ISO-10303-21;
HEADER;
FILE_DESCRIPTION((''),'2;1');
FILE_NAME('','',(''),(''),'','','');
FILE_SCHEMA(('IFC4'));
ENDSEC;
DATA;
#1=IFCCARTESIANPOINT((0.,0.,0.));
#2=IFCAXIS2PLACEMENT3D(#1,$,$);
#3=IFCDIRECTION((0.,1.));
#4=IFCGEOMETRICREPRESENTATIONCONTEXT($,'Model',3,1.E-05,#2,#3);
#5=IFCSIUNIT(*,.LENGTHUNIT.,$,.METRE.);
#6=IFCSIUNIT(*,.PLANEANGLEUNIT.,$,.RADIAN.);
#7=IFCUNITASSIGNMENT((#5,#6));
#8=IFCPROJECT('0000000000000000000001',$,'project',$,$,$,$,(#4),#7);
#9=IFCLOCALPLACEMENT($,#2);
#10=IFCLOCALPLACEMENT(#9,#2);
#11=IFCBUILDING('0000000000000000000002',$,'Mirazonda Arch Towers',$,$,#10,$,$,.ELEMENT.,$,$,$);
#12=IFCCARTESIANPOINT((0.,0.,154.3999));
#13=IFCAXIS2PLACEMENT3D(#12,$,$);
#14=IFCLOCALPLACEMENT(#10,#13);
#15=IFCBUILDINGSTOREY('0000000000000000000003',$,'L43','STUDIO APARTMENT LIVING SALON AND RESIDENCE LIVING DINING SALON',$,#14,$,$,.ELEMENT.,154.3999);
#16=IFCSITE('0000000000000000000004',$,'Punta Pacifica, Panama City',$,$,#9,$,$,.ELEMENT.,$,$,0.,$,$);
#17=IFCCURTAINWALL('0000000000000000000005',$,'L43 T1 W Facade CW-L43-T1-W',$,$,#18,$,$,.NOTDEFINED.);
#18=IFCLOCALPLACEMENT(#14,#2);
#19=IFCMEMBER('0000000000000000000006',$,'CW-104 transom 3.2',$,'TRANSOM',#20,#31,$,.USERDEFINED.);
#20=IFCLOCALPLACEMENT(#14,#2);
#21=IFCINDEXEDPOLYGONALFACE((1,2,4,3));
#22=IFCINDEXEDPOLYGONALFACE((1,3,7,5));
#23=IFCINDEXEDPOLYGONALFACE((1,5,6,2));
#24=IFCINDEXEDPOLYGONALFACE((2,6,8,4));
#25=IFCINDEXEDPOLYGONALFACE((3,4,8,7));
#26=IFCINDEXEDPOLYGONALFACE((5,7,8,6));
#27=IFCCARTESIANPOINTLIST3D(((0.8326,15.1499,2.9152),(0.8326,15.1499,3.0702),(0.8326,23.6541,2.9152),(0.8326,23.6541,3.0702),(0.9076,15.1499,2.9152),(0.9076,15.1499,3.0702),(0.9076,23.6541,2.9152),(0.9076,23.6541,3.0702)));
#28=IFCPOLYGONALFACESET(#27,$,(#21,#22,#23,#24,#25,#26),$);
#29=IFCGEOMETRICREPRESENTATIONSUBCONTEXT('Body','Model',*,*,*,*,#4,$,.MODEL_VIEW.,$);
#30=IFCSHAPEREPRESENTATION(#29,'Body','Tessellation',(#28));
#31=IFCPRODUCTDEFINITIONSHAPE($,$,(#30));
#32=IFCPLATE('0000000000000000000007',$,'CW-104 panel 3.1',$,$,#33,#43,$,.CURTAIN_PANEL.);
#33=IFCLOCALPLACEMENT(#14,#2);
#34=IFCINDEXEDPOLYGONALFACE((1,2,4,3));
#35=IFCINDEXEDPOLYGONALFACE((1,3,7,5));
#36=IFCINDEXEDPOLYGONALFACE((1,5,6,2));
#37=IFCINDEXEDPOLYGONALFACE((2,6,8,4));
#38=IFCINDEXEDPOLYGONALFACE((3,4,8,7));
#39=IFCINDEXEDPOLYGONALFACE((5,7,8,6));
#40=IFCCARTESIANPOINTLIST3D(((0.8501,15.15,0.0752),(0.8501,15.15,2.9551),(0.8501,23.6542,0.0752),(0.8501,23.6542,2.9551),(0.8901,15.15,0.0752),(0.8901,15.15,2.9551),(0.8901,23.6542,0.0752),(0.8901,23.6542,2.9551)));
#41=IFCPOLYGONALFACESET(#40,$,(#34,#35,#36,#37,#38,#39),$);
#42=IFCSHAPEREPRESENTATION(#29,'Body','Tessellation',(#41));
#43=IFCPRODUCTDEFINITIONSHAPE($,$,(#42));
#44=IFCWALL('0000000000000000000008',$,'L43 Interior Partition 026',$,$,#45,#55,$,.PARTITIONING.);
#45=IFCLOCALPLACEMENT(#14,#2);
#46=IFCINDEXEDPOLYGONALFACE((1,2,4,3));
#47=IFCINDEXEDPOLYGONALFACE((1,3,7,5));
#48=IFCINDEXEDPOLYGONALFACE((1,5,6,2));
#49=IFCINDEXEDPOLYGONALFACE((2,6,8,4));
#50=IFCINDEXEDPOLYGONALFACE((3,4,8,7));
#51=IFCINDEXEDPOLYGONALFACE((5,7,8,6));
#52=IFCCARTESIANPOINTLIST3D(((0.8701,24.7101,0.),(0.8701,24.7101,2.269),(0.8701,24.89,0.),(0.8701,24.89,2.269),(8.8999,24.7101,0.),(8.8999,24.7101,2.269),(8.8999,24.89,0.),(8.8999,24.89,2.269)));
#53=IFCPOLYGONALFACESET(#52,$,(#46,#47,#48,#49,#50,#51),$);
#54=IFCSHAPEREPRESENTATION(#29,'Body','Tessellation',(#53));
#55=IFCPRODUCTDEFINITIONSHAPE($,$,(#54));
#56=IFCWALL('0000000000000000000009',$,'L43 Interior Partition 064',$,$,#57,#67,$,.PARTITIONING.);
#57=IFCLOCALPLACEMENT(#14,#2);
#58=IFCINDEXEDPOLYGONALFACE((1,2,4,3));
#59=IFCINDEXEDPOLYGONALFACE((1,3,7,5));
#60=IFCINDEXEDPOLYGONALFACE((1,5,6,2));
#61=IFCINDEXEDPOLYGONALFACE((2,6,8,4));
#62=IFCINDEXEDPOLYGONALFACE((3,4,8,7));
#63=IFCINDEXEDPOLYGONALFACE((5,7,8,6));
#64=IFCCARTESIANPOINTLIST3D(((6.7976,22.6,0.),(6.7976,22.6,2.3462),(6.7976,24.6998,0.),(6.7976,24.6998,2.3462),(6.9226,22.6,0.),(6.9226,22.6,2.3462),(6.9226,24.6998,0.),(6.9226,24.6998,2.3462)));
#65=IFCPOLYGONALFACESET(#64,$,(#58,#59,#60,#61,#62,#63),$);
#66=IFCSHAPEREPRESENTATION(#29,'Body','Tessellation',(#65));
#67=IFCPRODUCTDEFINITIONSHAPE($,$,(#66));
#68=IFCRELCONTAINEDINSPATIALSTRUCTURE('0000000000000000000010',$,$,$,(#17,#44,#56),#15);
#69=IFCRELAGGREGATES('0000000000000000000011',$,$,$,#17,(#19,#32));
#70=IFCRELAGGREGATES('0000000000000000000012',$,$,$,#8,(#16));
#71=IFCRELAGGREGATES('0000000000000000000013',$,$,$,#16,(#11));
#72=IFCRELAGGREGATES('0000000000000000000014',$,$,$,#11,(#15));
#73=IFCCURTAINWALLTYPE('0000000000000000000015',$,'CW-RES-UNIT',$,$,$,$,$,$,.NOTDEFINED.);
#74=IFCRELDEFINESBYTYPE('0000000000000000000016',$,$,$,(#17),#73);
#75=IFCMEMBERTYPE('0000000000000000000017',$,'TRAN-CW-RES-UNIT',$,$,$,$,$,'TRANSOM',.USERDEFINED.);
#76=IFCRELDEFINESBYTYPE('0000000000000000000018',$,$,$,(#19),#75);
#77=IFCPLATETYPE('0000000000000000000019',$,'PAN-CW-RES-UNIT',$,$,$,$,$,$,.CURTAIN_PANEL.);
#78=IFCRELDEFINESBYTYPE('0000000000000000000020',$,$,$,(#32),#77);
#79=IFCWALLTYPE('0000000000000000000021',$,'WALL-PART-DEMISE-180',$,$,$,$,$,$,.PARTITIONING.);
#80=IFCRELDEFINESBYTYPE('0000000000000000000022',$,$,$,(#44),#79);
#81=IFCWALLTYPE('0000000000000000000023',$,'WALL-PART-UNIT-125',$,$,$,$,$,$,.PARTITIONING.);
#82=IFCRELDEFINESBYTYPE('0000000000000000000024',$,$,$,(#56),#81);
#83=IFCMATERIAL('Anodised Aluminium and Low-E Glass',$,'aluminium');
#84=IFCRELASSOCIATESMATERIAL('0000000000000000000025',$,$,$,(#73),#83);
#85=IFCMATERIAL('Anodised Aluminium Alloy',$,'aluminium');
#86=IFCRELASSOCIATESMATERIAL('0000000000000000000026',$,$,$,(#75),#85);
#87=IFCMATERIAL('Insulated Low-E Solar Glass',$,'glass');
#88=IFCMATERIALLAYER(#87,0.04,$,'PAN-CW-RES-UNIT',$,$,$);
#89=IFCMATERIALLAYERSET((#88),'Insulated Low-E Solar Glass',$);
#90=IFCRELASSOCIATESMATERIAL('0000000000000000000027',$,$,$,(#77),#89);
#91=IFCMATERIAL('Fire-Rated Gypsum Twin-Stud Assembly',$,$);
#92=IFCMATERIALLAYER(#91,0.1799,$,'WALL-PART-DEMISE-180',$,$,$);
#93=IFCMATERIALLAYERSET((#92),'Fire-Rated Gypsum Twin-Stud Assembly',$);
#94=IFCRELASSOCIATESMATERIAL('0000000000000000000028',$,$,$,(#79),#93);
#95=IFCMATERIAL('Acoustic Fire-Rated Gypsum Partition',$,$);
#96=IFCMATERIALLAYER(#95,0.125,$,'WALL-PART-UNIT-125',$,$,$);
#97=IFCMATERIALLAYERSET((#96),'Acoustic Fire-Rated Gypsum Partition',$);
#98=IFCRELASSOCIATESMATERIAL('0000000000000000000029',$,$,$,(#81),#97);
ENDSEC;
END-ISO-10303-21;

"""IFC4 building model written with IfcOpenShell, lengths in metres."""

from ifc_helpers import new_model, si_unit, direction, frame, frame_2d, origin, origin_2d, place, context, subcontext, project, spatial, rectangle, extrude, material, layer, layer_set, material_profile, profile_set, type_object, element, aggregate, save


model = new_model("IFC4")

# Units and contexts
model_context = context("Model", 3, precision=1e-05, world=origin(), true_north=direction((0.0, 1.0)))
body_context = subcontext(model_context, "Body", "Model", "MODEL_VIEW")
ifc_project = project(units=[si_unit("LENGTHUNIT", "METRE"), si_unit("PLANEANGLEUNIT", "RADIAN")], contexts=[model_context])

# Site, building, storey
site_placement = place(None, origin())
site = spatial("IfcSite", under=ifc_project, at=site_placement, Name="Punta Pacifica, Panama City", CompositionType="ELEMENT", RefElevation=0.0)
building_placement = place(site_placement, origin())
building = spatial("IfcBuilding", under=site, at=building_placement, Name="Mirazonda Arch Towers", CompositionType="ELEMENT")
storey_placement = place(building_placement, frame((0.0, 0.0, 154.3999)))
storey = spatial("IfcBuildingStorey", under=building, at=storey_placement, Name="L43", Description="STUDIO APARTMENT LIVING SALON AND RESIDENCE LIVING DINING SALON", CompositionType="ELEMENT", Elevation=154.3999)

# Curtain wall, member, plate
ifc_material_1 = material(Name="Anodised Aluminium and Low-E Glass", Category="aluminium")
curtain_wall_type = type_object("IfcCurtainWallType", Name="CW-RES-UNIT", PredefinedType="NOTDEFINED", material=ifc_material_1)
curtain_wall_placement = place(storey_placement, origin())
curtain_wall = element("IfcCurtainWall", 1, at=curtain_wall_placement, inside=storey, type_object=curtain_wall_type, Name="L43 T1 W Facade CW-L43-T1-W", PredefinedType="NOTDEFINED")
ifc_material_2 = material(Name="Anodised Aluminium Alloy", Category="aluminium")
ifc_material_profile_1 = material_profile(ifc_material_2, rectangle(XDim=0.075, YDim=0.155, at=origin_2d()), Name="ALU-TRAN-75x155")
ifc_profile_set_1 = profile_set([ifc_material_profile_1], Name="Anodised Aluminium Alloy")
member_type_1 = type_object("IfcMemberType", Name="TRAN-CW-RES-UNIT", ElementType="TRANSOM", PredefinedType="USERDEFINED", material=ifc_profile_set_1)
member_1_placement = place(storey_placement, frame((0.8701, 23.6541, 2.9927), z_axis=(0.0, -1.0, 0.0), x_axis=(1.0, 0.0, 0.0)))
member_1 = element("IfcMember", 2, at=member_1_placement, type_object=member_type_1, Name="CW-104 transom 3.2", ObjectType="TRANSOM", PredefinedType="USERDEFINED", context=body_context, shape_type="SweptSolid", body=[
    extrude(rectangle(XDim=0.075, YDim=0.155, at=origin_2d()), origin(), (0.0, 0.0, 1.0), 8.5042),
])
ifc_material_3 = material(Name="Insulated Low-E Solar Glass", Category="glass")
ifc_layer_1 = layer(ifc_material_3, 0.04, Name="PAN-CW-RES-UNIT")
ifc_layer_set_1 = layer_set([ifc_layer_1], Name="Insulated Low-E Solar Glass")
plate_type = type_object("IfcPlateType", Name="PAN-CW-RES-UNIT", PredefinedType="CURTAIN_PANEL", material=ifc_layer_set_1)
plate_placement = place(storey_placement, frame((0.8701, 19.4021, 0.0752), z_axis=(0.0, 0.0, 1.0), x_axis=(0.0, -1.0, 0.0)))
plate = element("IfcPlate", 3, at=plate_placement, type_object=plate_type, Name="CW-104 panel 3.1", PredefinedType="CURTAIN_PANEL", context=body_context, shape_type="SweptSolid", body=[
    extrude(rectangle(XDim=8.5042, YDim=0.04, at=origin_2d()), origin(), (0.0, 0.0, 1.0), 2.8799),
])
aggregate(curtain_wall, [member_1, plate])

# Shared definitions
ifc_material_4 = material(Name="Fire-Rated Gypsum Twin-Stud Assembly")
ifc_layer_2 = layer(ifc_material_4, 0.1799, Name="WALL-PART-DEMISE-180")
ifc_layer_set_2 = layer_set([ifc_layer_2], Name="Fire-Rated Gypsum Twin-Stud Assembly")
wall_type_1 = type_object("IfcWallType", Name="WALL-PART-DEMISE-180", PredefinedType="PARTITIONING", material=ifc_layer_set_2)

# Walls
wall_1_placement = place(storey_placement, frame((0.8701, 24.8, 0.0), z_axis=(0.0, 0.0, 1.0), x_axis=(1.0, 0.0, 0.0)))
element("IfcWall", 4, at=wall_1_placement, inside=storey, type_object=wall_type_1, Name="L43 Interior Partition 026", PredefinedType="PARTITIONING", context=body_context, shape_type="SweptSolid", body=[
    extrude(rectangle(XDim=8.0298, YDim=0.1799, at=frame_2d((4.0149, 0.0))), origin(), (0.0, 0.0, 1.0), 2.269),
])
ifc_material_5 = material(Name="Acoustic Fire-Rated Gypsum Partition")
ifc_layer_3 = layer(ifc_material_5, 0.125, Name="WALL-PART-UNIT-125")
ifc_layer_set_3 = layer_set([ifc_layer_3], Name="Acoustic Fire-Rated Gypsum Partition")
wall_type_2 = type_object("IfcWallType", Name="WALL-PART-UNIT-125", PredefinedType="PARTITIONING", material=ifc_layer_set_3)
wall_2_placement = place(storey_placement, frame((6.8601, 22.6001, 0.0), z_axis=(0.0, 0.0, 1.0), x_axis=(0.0, 1.0, 0.0)))
element("IfcWall", 5, at=wall_2_placement, inside=storey, type_object=wall_type_2, Name="L43 Interior Partition 064", PredefinedType="PARTITIONING", context=body_context, shape_type="SweptSolid", body=[
    extrude(rectangle(XDim=2.0999, YDim=0.125, at=frame_2d((1.0498, 0.0))), origin(), (0.0, 0.0, 1.0), 2.3462),
])

save(model, "model.ifc")
